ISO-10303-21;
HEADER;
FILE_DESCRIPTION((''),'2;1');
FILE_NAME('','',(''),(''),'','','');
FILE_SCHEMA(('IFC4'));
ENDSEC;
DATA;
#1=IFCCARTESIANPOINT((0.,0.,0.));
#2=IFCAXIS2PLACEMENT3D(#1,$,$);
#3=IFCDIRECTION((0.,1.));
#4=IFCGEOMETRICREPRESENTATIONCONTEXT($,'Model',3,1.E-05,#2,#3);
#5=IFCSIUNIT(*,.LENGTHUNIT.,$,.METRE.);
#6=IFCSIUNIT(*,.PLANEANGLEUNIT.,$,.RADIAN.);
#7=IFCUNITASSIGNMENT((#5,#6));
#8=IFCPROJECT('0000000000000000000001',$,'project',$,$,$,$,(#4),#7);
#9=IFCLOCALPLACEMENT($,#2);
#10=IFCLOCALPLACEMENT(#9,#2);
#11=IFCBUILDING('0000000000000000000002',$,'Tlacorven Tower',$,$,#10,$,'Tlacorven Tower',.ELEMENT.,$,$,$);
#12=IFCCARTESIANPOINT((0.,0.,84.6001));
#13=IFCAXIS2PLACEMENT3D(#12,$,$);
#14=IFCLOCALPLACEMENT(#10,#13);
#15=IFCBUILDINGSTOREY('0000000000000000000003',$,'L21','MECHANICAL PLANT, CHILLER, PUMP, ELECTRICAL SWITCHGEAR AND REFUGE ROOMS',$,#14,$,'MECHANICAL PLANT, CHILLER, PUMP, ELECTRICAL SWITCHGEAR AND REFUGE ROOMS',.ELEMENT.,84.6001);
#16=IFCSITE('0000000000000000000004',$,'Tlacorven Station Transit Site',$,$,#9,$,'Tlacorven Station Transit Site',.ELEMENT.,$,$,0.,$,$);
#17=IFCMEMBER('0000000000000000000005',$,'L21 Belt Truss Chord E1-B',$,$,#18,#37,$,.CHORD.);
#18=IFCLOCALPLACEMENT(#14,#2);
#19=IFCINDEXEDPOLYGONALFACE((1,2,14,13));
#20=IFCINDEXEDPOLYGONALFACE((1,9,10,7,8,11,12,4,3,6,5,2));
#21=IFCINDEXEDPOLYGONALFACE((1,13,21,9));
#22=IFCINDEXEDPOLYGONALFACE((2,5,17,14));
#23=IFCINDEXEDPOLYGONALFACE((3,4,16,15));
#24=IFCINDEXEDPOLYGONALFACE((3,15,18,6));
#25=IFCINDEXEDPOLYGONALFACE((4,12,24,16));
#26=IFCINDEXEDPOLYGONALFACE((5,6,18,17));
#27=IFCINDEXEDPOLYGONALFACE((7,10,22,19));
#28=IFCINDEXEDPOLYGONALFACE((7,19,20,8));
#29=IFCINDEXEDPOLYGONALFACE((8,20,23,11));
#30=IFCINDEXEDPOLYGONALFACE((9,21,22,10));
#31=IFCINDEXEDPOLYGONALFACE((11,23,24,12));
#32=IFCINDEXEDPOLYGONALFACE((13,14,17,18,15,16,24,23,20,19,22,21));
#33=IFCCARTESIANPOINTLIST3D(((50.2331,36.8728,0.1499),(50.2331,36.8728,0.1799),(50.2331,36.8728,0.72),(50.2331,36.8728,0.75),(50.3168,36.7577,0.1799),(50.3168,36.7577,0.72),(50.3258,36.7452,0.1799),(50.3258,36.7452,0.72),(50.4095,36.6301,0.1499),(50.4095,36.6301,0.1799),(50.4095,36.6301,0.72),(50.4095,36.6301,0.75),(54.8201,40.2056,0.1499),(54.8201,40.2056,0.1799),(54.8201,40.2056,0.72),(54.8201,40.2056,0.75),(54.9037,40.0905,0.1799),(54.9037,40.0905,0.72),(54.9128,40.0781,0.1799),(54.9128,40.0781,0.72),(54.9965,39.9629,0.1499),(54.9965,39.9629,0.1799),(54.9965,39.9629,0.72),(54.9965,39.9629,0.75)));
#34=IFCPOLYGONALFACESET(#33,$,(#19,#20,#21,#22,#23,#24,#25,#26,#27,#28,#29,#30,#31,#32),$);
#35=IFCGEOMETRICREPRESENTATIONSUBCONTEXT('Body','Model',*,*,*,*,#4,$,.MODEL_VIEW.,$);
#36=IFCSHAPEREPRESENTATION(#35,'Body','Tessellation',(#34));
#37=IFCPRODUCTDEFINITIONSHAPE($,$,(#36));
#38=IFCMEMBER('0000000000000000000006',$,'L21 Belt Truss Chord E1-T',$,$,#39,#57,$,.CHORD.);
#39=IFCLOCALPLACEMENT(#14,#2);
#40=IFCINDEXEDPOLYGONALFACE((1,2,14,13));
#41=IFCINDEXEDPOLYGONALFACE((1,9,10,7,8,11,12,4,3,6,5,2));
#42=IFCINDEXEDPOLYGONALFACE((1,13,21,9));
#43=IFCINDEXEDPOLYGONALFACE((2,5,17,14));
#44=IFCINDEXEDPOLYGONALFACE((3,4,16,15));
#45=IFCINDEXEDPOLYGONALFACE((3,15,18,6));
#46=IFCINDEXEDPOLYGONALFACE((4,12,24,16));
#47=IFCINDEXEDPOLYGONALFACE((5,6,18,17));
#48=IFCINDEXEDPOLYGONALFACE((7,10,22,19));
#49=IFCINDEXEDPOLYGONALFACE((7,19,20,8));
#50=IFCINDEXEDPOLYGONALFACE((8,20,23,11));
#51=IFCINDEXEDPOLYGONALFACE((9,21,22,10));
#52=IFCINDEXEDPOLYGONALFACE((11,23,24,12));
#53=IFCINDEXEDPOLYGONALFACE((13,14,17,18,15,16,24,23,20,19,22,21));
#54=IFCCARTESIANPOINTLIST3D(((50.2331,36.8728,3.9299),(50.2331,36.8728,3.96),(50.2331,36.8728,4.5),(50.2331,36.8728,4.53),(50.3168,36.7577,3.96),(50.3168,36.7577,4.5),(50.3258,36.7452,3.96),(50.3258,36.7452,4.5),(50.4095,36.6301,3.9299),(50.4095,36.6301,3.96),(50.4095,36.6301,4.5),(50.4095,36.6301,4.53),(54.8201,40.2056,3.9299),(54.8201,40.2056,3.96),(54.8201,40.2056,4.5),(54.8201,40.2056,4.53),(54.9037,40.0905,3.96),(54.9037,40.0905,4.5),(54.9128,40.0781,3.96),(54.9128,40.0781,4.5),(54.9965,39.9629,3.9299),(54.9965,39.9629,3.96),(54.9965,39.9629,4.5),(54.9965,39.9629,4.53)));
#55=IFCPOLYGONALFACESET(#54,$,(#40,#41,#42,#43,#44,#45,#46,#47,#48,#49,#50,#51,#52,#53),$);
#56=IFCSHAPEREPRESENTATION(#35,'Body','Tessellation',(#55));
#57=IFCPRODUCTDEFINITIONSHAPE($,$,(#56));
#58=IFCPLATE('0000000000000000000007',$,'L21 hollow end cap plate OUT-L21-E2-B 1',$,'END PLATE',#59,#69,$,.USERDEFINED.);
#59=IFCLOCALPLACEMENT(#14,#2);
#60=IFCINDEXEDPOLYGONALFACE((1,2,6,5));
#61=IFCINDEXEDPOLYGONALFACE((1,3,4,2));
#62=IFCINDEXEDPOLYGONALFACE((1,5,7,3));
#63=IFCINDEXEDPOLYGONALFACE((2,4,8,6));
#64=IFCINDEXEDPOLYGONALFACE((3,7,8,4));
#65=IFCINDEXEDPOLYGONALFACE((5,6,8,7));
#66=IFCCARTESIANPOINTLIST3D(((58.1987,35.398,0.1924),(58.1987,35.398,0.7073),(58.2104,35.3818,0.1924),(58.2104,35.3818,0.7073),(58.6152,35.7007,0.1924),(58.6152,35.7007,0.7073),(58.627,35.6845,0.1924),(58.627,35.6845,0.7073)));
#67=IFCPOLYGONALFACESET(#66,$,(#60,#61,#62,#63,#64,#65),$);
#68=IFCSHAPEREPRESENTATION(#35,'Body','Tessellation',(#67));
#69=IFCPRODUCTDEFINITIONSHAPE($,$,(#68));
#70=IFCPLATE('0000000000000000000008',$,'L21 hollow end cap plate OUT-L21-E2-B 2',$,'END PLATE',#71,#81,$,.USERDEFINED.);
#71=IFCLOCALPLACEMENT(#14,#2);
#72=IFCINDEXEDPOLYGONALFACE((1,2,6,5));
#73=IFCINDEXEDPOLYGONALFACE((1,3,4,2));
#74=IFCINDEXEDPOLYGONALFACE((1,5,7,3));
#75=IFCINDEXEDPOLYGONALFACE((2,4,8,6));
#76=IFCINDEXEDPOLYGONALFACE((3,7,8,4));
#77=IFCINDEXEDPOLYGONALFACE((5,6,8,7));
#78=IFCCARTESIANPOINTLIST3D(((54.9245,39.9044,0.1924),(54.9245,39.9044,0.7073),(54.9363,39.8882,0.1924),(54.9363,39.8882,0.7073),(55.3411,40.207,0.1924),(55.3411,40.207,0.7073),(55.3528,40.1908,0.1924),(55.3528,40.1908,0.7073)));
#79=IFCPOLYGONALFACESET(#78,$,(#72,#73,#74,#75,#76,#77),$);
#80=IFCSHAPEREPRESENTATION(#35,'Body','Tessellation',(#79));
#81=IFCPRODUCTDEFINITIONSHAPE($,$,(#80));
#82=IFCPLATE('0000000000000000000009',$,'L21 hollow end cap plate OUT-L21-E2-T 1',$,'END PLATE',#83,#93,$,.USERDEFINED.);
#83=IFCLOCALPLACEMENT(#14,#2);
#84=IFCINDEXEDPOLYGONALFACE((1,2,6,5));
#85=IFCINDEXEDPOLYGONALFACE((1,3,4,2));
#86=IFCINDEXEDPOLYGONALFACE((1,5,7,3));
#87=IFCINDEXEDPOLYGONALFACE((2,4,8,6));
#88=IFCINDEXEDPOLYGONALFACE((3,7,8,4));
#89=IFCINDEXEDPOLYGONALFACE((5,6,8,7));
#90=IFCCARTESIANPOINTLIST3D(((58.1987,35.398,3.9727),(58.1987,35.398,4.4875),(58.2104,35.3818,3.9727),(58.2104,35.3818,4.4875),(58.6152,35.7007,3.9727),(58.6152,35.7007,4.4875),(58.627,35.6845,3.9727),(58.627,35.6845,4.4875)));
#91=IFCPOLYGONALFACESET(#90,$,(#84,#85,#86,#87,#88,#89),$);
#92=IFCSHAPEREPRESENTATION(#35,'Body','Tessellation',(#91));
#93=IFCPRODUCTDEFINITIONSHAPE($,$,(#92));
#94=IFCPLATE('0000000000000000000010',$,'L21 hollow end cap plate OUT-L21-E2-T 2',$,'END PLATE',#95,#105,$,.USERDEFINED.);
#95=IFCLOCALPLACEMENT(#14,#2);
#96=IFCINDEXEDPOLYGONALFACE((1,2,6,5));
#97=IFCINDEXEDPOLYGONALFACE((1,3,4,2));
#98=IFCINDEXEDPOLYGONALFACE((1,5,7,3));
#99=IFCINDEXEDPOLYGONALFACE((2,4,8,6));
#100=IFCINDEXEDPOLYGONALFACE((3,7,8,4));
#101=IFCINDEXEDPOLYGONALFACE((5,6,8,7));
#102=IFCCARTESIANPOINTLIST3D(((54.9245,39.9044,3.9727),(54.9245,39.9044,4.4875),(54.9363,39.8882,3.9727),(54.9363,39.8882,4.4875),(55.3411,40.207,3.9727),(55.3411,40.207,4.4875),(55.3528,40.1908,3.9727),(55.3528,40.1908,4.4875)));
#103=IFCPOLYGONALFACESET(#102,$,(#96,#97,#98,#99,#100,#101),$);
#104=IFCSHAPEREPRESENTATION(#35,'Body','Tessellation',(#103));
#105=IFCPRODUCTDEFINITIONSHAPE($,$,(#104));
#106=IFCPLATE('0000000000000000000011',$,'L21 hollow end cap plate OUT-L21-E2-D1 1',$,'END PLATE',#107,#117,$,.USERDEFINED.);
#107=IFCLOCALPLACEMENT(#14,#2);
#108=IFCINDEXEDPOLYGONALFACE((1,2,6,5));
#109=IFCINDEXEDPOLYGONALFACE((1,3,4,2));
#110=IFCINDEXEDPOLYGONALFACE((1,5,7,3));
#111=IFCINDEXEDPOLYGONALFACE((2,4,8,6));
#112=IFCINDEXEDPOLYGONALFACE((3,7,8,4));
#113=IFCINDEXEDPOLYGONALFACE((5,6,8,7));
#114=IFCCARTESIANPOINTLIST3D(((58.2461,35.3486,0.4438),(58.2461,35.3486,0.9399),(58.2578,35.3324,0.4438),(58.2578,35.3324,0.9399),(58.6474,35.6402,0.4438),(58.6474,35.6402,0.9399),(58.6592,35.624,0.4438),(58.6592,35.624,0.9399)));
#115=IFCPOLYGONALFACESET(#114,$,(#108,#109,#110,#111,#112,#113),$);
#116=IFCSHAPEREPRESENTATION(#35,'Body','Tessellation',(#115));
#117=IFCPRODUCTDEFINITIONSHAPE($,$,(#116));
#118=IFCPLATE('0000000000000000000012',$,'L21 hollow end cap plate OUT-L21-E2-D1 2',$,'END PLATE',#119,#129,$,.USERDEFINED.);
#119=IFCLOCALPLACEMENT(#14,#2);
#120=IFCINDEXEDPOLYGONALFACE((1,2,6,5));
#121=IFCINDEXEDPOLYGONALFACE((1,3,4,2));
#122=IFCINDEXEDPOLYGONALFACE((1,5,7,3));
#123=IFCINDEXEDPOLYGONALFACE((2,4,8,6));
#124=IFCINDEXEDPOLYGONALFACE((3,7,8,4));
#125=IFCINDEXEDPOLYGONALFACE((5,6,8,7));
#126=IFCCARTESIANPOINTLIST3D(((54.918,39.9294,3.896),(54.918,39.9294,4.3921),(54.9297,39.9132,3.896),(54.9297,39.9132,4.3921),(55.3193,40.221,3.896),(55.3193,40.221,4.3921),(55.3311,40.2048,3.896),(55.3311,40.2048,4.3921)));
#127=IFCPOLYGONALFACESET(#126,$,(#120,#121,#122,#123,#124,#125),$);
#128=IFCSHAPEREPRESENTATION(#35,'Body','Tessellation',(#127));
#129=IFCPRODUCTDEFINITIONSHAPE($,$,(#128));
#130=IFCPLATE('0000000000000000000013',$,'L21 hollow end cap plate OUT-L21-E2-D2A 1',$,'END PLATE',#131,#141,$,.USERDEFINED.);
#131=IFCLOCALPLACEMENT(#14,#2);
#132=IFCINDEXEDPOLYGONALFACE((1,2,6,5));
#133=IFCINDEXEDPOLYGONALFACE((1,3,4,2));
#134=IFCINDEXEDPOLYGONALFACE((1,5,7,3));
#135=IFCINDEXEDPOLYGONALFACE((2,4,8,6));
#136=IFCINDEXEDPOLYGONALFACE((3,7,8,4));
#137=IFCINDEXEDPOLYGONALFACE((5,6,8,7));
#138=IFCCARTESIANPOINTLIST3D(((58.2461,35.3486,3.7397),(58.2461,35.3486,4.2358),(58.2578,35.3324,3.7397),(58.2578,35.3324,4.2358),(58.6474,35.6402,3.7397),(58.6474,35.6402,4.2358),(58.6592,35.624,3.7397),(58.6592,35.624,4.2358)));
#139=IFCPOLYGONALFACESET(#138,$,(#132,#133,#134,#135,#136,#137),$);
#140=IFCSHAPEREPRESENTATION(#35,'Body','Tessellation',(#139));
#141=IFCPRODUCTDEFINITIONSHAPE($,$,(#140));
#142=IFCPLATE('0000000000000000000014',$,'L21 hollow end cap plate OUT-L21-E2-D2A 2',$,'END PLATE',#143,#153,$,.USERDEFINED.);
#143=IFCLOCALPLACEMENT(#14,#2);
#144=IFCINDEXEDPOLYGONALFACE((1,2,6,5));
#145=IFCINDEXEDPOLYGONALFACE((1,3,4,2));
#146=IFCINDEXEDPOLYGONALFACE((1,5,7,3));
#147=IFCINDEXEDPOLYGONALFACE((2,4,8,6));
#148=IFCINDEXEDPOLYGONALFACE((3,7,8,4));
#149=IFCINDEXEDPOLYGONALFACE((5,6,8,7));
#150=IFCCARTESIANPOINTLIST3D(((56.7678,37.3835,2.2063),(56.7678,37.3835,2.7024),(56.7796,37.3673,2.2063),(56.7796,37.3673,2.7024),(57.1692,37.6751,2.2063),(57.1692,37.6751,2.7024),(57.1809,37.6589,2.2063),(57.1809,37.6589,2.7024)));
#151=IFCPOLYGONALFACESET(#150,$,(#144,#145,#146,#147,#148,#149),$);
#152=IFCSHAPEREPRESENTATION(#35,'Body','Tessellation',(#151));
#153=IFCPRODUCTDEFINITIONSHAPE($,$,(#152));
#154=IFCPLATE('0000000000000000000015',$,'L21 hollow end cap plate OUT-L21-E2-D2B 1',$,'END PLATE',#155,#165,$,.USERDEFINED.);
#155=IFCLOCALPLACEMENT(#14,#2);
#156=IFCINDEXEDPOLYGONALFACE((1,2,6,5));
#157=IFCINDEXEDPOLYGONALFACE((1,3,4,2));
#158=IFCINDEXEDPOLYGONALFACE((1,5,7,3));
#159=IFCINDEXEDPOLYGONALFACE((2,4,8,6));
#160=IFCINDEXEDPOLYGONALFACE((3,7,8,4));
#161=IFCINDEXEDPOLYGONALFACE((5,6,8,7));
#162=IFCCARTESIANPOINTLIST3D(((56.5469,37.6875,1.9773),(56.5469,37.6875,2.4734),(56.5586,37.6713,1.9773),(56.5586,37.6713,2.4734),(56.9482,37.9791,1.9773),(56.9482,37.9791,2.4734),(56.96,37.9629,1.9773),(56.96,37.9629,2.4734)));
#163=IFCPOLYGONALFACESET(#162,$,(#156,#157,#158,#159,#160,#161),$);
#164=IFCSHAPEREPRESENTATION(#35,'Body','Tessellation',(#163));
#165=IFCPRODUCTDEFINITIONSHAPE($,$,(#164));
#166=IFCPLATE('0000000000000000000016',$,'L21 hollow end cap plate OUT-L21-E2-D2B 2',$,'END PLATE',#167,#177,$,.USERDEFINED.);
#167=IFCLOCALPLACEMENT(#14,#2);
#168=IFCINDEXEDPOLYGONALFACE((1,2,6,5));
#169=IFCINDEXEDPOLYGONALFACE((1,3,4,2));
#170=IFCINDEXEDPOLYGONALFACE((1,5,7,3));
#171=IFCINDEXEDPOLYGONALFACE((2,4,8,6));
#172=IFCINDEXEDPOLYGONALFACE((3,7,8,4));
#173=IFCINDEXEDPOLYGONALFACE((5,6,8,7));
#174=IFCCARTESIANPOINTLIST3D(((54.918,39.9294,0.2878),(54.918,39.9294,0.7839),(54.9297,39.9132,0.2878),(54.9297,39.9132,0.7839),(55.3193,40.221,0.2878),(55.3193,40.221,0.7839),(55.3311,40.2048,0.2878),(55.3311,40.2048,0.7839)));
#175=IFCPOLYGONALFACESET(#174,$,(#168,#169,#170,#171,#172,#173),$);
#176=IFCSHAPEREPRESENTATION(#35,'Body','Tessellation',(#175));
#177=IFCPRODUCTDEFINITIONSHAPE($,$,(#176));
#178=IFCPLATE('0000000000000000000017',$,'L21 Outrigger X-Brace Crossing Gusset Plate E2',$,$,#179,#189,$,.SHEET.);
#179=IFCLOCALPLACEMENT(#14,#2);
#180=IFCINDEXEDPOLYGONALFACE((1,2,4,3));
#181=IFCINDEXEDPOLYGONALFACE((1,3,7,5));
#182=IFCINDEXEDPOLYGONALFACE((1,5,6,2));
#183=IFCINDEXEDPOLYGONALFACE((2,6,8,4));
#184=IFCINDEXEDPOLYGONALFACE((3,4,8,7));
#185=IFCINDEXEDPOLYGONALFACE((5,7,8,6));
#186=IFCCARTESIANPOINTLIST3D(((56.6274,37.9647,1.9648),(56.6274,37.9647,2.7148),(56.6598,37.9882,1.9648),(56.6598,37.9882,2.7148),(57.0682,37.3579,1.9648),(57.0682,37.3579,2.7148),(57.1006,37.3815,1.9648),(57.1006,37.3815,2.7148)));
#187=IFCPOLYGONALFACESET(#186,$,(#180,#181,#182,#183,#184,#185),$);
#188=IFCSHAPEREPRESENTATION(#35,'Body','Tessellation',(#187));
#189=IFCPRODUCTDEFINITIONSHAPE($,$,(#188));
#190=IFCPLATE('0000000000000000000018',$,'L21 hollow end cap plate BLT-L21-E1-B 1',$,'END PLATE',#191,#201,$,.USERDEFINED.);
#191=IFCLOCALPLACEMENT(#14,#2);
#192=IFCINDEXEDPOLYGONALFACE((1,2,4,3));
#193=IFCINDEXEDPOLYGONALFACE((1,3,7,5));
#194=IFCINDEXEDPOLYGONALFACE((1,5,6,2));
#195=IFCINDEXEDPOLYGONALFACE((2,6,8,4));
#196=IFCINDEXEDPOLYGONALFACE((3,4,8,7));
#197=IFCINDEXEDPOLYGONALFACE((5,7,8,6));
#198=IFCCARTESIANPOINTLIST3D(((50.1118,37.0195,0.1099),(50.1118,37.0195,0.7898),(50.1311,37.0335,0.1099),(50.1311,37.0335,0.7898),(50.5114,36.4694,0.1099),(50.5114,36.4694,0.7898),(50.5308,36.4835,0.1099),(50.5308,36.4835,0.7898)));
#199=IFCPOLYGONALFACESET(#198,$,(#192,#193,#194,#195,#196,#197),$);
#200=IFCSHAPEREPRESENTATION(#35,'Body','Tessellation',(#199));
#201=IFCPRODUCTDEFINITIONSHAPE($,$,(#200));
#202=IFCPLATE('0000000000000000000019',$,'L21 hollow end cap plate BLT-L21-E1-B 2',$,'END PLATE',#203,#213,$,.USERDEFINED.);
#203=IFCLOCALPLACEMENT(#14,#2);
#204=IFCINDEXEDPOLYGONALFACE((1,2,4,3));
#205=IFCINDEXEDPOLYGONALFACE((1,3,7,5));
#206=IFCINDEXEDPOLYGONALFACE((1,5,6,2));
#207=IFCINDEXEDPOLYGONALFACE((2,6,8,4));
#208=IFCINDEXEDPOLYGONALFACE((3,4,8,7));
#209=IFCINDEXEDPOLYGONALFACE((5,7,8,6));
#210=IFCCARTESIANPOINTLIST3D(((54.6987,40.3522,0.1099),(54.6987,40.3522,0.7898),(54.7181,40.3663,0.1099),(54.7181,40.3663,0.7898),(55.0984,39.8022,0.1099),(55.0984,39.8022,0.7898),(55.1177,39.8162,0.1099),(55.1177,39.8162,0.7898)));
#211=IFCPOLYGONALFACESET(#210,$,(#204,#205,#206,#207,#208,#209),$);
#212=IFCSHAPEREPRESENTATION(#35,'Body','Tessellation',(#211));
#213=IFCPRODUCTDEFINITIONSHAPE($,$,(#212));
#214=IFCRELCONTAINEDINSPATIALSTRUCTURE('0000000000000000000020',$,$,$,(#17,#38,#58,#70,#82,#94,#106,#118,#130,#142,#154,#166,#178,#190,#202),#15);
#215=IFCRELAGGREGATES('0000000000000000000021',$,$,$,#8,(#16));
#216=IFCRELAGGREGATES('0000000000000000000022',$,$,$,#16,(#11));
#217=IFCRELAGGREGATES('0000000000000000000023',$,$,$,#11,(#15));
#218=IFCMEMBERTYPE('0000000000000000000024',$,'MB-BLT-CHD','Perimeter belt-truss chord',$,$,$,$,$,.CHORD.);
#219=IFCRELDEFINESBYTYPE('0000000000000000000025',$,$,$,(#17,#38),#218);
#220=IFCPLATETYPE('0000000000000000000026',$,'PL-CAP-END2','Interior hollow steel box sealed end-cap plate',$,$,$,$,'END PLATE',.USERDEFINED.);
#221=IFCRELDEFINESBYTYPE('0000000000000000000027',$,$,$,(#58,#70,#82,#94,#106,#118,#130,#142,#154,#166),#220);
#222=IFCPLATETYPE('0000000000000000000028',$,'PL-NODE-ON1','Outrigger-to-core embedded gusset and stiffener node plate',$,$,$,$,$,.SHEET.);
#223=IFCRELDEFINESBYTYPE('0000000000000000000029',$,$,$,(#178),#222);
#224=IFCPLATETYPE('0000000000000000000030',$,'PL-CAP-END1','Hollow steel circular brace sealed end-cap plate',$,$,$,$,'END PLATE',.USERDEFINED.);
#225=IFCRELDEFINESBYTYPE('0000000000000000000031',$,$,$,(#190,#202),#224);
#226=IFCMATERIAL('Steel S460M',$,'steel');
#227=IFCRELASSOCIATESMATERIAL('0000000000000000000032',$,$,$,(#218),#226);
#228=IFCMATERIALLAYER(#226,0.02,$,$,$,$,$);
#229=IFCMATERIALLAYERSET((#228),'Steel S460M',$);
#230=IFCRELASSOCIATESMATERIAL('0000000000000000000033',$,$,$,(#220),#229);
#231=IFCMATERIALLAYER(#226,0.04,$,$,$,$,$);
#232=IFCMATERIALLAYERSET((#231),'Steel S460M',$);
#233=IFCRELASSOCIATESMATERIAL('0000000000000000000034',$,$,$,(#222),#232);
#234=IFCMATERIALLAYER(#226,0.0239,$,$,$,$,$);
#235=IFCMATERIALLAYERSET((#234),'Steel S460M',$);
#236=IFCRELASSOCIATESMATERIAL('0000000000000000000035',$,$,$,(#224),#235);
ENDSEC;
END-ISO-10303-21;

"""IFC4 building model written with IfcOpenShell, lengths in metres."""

from ifc_helpers import new_model, si_unit, direction, frame, origin, origin_2d, place, context, subcontext, project, spatial, rectangle, i_section, extrude, source, transform, mapped, material, layer, layer_set, material_profile, profile_set, type_object, element, save


model = new_model("IFC4")

# Units and contexts
model_context = context("Model", 3, precision=1e-05, world=origin(), true_north=direction((0.0, 1.0)))
body_context = subcontext(model_context, "Body", "Model", "MODEL_VIEW")
ifc_project = project(units=[si_unit("LENGTHUNIT", "METRE"), si_unit("PLANEANGLEUNIT", "RADIAN")], contexts=[model_context])

# Site, building, storey
site_placement = place(None, origin())
site = spatial("IfcSite", under=ifc_project, at=site_placement, Name="Tlacorven Station Transit Site", LongName="Tlacorven Station Transit Site", CompositionType="ELEMENT", RefElevation=0.0)
building_placement = place(site_placement, origin())
building = spatial("IfcBuilding", under=site, at=building_placement, Name="Tlacorven Tower", LongName="Tlacorven Tower", CompositionType="ELEMENT")
storey_placement = place(building_placement, frame((0.0, 0.0, 84.6001)))
storey = spatial("IfcBuildingStorey", under=building, at=storey_placement, Name="L21", Description="MECHANICAL PLANT, CHILLER, PUMP, ELECTRICAL SWITCHGEAR AND REFUGE ROOMS", LongName="MECHANICAL PLANT, CHILLER, PUMP, ELECTRICAL SWITCHGEAR AND REFUGE ROOMS", CompositionType="ELEMENT", Elevation=84.6001)

# Shared definitions
ifc_material_1 = material(Name="Steel S460M", Category="steel")

# Members
ifc_material_profile_1 = material_profile(ifc_material_1, i_section(OverallWidth=0.3, OverallDepth=0.6001, WebThickness=0.0154, FlangeThickness=0.03, at=origin_2d()), Name="HEB 600")
ifc_profile_set_1 = profile_set([ifc_material_profile_1], Name="Steel S460M")
member_type_1 = type_object("IfcMemberType", Name="MB-BLT-CHD", Description="Perimeter belt-truss chord", PredefinedType="CHORD", material=ifc_profile_set_1)
shared_shape_1 = source(origin(), body_context, "Body", "SweptSolid", [
    extrude(i_section(OverallWidth=0.3, OverallDepth=0.6001, WebThickness=0.0154, FlangeThickness=0.03, at=origin_2d()), origin(), (0.0, 0.0, 1.0), 5.6699),
])
for number, where, z_axis, x_axis, name in (
    (1, (50.3213, 36.7515, 0.45), (0.809002, 0.587806, 0.0), (-0.587806, 0.809002, 0.0), "L21 Belt Truss Chord E1-B"),
    (2, (50.3213, 36.7515, 4.23), (0.809002, 0.587806, 0.0), (-0.587806, 0.809002, 0.0), "L21 Belt Truss Chord E1-T"),
):
    element("IfcMember", number, at=place(storey_placement, frame(where, z_axis=z_axis, x_axis=x_axis)), inside=storey, type_object=member_type_1, Name=name, PredefinedType="CHORD", context=body_context, shape_type="MappedRepresentation", body=[
        mapped(shared_shape_1, transform((0.0, 0.0, 0.0), scale=1.0)),
    ])

# Plates
ifc_layer_1 = layer(ifc_material_1, 0.02)
ifc_layer_set_1 = layer_set([ifc_layer_1], Name="Steel S460M")
plate_type_1 = type_object("IfcPlateType", Name="PL-CAP-END2", Description="Interior hollow steel box sealed end-cap plate", ElementType="END PLATE", PredefinedType="USERDEFINED", material=ifc_layer_set_1)
shared_shape_2 = source(origin(), body_context, "Body", "SweptSolid", [
    extrude(rectangle(XDim=0.02, YDim=0.5149, at=origin_2d()), origin(), (0.0, 0.0, 1.0), 0.5149),
])
for number, where, z_axis, x_axis, name in (
    (3, (58.4128, 35.5413, 0.1924), (0.0, 0.0, 1.0), (-0.587785, 0.809017, 0.0), "L21 hollow end cap plate OUT-L21-E2-B 1"),
    (4, (55.1387, 40.0476, 0.1924), (0.0, 0.0, 1.0), (-0.587785, 0.809017, 0.0), "L21 hollow end cap plate OUT-L21-E2-B 2"),
    (5, (58.4128, 35.5413, 3.9727), (0.0, 0.0, 1.0), (-0.587785, 0.809017, 0.0), "L21 hollow end cap plate OUT-L21-E2-T 1"),
    (6, (55.1387, 40.0476, 3.9727), (0.0, 0.0, 1.0), (-0.587785, 0.809017, 0.0), "L21 hollow end cap plate OUT-L21-E2-T 2"),
):
    element("IfcPlate", number, at=place(storey_placement, frame(where, z_axis=z_axis, x_axis=x_axis)), inside=storey, type_object=plate_type_1, Name=name, ObjectType="END PLATE", PredefinedType="USERDEFINED", context=body_context, shape_type="MappedRepresentation", body=[
        mapped(shared_shape_2, transform((0.0, 0.0, 0.0), scale=1.0)),
    ])
shared_shape_3 = source(origin(), body_context, "Body", "SweptSolid", [
    extrude(rectangle(XDim=0.02, YDim=0.4961, at=origin_2d()), origin(), (0.0, 0.0, 1.0), 0.4961),
])
for number, where, z_axis, x_axis, name in (
    (7, (58.4526, 35.4863, 0.4438), (0.0, 0.0, 1.0), (-0.587785, 0.809017, 0.0), "L21 hollow end cap plate OUT-L21-E2-D1 1"),
    (8, (55.1245, 40.0671, 3.896), (0.0, 0.0, 1.0), (-0.587785, 0.809017, 0.0), "L21 hollow end cap plate OUT-L21-E2-D1 2"),
    (9, (58.4526, 35.4863, 3.7397), (0.0, 0.0, 1.0), (-0.587785, 0.809017, 0.0), "L21 hollow end cap plate OUT-L21-E2-D2A 1"),
    (10, (56.9744, 37.5212, 2.2063), (0.0, 0.0, 1.0), (-0.587785, 0.809017, 0.0), "L21 hollow end cap plate OUT-L21-E2-D2A 2"),
    (11, (56.7534, 37.8252, 1.9773), (0.0, 0.0, 1.0), (-0.587785, 0.809017, 0.0), "L21 hollow end cap plate OUT-L21-E2-D2B 1"),
    (12, (55.1245, 40.0671, 0.2878), (0.0, 0.0, 1.0), (-0.587785, 0.809017, 0.0), "L21 hollow end cap plate OUT-L21-E2-D2B 2"),
):
    element("IfcPlate", number, at=place(storey_placement, frame(where, z_axis=z_axis, x_axis=x_axis)), inside=storey, type_object=plate_type_1, Name=name, ObjectType="END PLATE", PredefinedType="USERDEFINED", context=body_context, shape_type="MappedRepresentation", body=[
        mapped(shared_shape_3, transform((0.0, 0.0, 0.0), scale=1.0)),
    ])
ifc_layer_2 = layer(ifc_material_1, 0.04)
ifc_layer_set_2 = layer_set([ifc_layer_2], Name="Steel S460M")
plate_type_2 = type_object("IfcPlateType", Name="PL-NODE-ON1", Description="Outrigger-to-core embedded gusset and stiffener node plate", PredefinedType="SHEET", material=ifc_layer_set_2)
shared_shape_4 = source(origin(), body_context, "Body", "SweptSolid", [
    extrude(rectangle(XDim=0.75, YDim=0.04, at=origin_2d()), origin(), (0.0, 0.0, 1.0), 0.75),
])
plate_placement = place(storey_placement, frame((56.864, 37.6731, 1.9648), z_axis=(0.0, 0.0, 1.0), x_axis=(-0.587785, 0.809017, 0.0)))
element("IfcPlate", 13, at=plate_placement, inside=storey, type_object=plate_type_2, Name="L21 Outrigger X-Brace Crossing Gusset Plate E2", PredefinedType="SHEET", context=body_context, shape_type="MappedRepresentation", body=[
    mapped(shared_shape_4, transform((0.0, 0.0, 0.0), scale=1.0)),
])
ifc_layer_3 = layer(ifc_material_1, 0.0239)
ifc_layer_set_3 = layer_set([ifc_layer_3], Name="Steel S460M")
plate_type_3 = type_object("IfcPlateType", Name="PL-CAP-END1", Description="Hollow steel circular brace sealed end-cap plate", ElementType="END PLATE", PredefinedType="USERDEFINED", material=ifc_layer_set_3)
shared_shape_5 = source(origin(), body_context, "Body", "SweptSolid", [
    extrude(rectangle(XDim=0.0239, YDim=0.6799, at=origin_2d()), origin(), (0.0, 0.0, 1.0), 0.6799),
])
for number, where, z_axis, x_axis, name in (
    (14, (50.3213, 36.7515, 0.1099), (0.0, 0.0, 1.0), (0.809017, 0.587785, 0.0), "L21 hollow end cap plate BLT-L21-E1-B 1"),
    (15, (54.9082, 40.0842, 0.1099), (0.0, 0.0, 1.0), (0.809017, 0.587785, 0.0), "L21 hollow end cap plate BLT-L21-E1-B 2"),
):
    element("IfcPlate", number, at=place(storey_placement, frame(where, z_axis=z_axis, x_axis=x_axis)), inside=storey, type_object=plate_type_3, Name=name, ObjectType="END PLATE", PredefinedType="USERDEFINED", context=body_context, shape_type="MappedRepresentation", body=[
        mapped(shared_shape_5, transform((0.0, 0.0, 0.0), scale=1.0)),
    ])

save(model, "model.ifc")
